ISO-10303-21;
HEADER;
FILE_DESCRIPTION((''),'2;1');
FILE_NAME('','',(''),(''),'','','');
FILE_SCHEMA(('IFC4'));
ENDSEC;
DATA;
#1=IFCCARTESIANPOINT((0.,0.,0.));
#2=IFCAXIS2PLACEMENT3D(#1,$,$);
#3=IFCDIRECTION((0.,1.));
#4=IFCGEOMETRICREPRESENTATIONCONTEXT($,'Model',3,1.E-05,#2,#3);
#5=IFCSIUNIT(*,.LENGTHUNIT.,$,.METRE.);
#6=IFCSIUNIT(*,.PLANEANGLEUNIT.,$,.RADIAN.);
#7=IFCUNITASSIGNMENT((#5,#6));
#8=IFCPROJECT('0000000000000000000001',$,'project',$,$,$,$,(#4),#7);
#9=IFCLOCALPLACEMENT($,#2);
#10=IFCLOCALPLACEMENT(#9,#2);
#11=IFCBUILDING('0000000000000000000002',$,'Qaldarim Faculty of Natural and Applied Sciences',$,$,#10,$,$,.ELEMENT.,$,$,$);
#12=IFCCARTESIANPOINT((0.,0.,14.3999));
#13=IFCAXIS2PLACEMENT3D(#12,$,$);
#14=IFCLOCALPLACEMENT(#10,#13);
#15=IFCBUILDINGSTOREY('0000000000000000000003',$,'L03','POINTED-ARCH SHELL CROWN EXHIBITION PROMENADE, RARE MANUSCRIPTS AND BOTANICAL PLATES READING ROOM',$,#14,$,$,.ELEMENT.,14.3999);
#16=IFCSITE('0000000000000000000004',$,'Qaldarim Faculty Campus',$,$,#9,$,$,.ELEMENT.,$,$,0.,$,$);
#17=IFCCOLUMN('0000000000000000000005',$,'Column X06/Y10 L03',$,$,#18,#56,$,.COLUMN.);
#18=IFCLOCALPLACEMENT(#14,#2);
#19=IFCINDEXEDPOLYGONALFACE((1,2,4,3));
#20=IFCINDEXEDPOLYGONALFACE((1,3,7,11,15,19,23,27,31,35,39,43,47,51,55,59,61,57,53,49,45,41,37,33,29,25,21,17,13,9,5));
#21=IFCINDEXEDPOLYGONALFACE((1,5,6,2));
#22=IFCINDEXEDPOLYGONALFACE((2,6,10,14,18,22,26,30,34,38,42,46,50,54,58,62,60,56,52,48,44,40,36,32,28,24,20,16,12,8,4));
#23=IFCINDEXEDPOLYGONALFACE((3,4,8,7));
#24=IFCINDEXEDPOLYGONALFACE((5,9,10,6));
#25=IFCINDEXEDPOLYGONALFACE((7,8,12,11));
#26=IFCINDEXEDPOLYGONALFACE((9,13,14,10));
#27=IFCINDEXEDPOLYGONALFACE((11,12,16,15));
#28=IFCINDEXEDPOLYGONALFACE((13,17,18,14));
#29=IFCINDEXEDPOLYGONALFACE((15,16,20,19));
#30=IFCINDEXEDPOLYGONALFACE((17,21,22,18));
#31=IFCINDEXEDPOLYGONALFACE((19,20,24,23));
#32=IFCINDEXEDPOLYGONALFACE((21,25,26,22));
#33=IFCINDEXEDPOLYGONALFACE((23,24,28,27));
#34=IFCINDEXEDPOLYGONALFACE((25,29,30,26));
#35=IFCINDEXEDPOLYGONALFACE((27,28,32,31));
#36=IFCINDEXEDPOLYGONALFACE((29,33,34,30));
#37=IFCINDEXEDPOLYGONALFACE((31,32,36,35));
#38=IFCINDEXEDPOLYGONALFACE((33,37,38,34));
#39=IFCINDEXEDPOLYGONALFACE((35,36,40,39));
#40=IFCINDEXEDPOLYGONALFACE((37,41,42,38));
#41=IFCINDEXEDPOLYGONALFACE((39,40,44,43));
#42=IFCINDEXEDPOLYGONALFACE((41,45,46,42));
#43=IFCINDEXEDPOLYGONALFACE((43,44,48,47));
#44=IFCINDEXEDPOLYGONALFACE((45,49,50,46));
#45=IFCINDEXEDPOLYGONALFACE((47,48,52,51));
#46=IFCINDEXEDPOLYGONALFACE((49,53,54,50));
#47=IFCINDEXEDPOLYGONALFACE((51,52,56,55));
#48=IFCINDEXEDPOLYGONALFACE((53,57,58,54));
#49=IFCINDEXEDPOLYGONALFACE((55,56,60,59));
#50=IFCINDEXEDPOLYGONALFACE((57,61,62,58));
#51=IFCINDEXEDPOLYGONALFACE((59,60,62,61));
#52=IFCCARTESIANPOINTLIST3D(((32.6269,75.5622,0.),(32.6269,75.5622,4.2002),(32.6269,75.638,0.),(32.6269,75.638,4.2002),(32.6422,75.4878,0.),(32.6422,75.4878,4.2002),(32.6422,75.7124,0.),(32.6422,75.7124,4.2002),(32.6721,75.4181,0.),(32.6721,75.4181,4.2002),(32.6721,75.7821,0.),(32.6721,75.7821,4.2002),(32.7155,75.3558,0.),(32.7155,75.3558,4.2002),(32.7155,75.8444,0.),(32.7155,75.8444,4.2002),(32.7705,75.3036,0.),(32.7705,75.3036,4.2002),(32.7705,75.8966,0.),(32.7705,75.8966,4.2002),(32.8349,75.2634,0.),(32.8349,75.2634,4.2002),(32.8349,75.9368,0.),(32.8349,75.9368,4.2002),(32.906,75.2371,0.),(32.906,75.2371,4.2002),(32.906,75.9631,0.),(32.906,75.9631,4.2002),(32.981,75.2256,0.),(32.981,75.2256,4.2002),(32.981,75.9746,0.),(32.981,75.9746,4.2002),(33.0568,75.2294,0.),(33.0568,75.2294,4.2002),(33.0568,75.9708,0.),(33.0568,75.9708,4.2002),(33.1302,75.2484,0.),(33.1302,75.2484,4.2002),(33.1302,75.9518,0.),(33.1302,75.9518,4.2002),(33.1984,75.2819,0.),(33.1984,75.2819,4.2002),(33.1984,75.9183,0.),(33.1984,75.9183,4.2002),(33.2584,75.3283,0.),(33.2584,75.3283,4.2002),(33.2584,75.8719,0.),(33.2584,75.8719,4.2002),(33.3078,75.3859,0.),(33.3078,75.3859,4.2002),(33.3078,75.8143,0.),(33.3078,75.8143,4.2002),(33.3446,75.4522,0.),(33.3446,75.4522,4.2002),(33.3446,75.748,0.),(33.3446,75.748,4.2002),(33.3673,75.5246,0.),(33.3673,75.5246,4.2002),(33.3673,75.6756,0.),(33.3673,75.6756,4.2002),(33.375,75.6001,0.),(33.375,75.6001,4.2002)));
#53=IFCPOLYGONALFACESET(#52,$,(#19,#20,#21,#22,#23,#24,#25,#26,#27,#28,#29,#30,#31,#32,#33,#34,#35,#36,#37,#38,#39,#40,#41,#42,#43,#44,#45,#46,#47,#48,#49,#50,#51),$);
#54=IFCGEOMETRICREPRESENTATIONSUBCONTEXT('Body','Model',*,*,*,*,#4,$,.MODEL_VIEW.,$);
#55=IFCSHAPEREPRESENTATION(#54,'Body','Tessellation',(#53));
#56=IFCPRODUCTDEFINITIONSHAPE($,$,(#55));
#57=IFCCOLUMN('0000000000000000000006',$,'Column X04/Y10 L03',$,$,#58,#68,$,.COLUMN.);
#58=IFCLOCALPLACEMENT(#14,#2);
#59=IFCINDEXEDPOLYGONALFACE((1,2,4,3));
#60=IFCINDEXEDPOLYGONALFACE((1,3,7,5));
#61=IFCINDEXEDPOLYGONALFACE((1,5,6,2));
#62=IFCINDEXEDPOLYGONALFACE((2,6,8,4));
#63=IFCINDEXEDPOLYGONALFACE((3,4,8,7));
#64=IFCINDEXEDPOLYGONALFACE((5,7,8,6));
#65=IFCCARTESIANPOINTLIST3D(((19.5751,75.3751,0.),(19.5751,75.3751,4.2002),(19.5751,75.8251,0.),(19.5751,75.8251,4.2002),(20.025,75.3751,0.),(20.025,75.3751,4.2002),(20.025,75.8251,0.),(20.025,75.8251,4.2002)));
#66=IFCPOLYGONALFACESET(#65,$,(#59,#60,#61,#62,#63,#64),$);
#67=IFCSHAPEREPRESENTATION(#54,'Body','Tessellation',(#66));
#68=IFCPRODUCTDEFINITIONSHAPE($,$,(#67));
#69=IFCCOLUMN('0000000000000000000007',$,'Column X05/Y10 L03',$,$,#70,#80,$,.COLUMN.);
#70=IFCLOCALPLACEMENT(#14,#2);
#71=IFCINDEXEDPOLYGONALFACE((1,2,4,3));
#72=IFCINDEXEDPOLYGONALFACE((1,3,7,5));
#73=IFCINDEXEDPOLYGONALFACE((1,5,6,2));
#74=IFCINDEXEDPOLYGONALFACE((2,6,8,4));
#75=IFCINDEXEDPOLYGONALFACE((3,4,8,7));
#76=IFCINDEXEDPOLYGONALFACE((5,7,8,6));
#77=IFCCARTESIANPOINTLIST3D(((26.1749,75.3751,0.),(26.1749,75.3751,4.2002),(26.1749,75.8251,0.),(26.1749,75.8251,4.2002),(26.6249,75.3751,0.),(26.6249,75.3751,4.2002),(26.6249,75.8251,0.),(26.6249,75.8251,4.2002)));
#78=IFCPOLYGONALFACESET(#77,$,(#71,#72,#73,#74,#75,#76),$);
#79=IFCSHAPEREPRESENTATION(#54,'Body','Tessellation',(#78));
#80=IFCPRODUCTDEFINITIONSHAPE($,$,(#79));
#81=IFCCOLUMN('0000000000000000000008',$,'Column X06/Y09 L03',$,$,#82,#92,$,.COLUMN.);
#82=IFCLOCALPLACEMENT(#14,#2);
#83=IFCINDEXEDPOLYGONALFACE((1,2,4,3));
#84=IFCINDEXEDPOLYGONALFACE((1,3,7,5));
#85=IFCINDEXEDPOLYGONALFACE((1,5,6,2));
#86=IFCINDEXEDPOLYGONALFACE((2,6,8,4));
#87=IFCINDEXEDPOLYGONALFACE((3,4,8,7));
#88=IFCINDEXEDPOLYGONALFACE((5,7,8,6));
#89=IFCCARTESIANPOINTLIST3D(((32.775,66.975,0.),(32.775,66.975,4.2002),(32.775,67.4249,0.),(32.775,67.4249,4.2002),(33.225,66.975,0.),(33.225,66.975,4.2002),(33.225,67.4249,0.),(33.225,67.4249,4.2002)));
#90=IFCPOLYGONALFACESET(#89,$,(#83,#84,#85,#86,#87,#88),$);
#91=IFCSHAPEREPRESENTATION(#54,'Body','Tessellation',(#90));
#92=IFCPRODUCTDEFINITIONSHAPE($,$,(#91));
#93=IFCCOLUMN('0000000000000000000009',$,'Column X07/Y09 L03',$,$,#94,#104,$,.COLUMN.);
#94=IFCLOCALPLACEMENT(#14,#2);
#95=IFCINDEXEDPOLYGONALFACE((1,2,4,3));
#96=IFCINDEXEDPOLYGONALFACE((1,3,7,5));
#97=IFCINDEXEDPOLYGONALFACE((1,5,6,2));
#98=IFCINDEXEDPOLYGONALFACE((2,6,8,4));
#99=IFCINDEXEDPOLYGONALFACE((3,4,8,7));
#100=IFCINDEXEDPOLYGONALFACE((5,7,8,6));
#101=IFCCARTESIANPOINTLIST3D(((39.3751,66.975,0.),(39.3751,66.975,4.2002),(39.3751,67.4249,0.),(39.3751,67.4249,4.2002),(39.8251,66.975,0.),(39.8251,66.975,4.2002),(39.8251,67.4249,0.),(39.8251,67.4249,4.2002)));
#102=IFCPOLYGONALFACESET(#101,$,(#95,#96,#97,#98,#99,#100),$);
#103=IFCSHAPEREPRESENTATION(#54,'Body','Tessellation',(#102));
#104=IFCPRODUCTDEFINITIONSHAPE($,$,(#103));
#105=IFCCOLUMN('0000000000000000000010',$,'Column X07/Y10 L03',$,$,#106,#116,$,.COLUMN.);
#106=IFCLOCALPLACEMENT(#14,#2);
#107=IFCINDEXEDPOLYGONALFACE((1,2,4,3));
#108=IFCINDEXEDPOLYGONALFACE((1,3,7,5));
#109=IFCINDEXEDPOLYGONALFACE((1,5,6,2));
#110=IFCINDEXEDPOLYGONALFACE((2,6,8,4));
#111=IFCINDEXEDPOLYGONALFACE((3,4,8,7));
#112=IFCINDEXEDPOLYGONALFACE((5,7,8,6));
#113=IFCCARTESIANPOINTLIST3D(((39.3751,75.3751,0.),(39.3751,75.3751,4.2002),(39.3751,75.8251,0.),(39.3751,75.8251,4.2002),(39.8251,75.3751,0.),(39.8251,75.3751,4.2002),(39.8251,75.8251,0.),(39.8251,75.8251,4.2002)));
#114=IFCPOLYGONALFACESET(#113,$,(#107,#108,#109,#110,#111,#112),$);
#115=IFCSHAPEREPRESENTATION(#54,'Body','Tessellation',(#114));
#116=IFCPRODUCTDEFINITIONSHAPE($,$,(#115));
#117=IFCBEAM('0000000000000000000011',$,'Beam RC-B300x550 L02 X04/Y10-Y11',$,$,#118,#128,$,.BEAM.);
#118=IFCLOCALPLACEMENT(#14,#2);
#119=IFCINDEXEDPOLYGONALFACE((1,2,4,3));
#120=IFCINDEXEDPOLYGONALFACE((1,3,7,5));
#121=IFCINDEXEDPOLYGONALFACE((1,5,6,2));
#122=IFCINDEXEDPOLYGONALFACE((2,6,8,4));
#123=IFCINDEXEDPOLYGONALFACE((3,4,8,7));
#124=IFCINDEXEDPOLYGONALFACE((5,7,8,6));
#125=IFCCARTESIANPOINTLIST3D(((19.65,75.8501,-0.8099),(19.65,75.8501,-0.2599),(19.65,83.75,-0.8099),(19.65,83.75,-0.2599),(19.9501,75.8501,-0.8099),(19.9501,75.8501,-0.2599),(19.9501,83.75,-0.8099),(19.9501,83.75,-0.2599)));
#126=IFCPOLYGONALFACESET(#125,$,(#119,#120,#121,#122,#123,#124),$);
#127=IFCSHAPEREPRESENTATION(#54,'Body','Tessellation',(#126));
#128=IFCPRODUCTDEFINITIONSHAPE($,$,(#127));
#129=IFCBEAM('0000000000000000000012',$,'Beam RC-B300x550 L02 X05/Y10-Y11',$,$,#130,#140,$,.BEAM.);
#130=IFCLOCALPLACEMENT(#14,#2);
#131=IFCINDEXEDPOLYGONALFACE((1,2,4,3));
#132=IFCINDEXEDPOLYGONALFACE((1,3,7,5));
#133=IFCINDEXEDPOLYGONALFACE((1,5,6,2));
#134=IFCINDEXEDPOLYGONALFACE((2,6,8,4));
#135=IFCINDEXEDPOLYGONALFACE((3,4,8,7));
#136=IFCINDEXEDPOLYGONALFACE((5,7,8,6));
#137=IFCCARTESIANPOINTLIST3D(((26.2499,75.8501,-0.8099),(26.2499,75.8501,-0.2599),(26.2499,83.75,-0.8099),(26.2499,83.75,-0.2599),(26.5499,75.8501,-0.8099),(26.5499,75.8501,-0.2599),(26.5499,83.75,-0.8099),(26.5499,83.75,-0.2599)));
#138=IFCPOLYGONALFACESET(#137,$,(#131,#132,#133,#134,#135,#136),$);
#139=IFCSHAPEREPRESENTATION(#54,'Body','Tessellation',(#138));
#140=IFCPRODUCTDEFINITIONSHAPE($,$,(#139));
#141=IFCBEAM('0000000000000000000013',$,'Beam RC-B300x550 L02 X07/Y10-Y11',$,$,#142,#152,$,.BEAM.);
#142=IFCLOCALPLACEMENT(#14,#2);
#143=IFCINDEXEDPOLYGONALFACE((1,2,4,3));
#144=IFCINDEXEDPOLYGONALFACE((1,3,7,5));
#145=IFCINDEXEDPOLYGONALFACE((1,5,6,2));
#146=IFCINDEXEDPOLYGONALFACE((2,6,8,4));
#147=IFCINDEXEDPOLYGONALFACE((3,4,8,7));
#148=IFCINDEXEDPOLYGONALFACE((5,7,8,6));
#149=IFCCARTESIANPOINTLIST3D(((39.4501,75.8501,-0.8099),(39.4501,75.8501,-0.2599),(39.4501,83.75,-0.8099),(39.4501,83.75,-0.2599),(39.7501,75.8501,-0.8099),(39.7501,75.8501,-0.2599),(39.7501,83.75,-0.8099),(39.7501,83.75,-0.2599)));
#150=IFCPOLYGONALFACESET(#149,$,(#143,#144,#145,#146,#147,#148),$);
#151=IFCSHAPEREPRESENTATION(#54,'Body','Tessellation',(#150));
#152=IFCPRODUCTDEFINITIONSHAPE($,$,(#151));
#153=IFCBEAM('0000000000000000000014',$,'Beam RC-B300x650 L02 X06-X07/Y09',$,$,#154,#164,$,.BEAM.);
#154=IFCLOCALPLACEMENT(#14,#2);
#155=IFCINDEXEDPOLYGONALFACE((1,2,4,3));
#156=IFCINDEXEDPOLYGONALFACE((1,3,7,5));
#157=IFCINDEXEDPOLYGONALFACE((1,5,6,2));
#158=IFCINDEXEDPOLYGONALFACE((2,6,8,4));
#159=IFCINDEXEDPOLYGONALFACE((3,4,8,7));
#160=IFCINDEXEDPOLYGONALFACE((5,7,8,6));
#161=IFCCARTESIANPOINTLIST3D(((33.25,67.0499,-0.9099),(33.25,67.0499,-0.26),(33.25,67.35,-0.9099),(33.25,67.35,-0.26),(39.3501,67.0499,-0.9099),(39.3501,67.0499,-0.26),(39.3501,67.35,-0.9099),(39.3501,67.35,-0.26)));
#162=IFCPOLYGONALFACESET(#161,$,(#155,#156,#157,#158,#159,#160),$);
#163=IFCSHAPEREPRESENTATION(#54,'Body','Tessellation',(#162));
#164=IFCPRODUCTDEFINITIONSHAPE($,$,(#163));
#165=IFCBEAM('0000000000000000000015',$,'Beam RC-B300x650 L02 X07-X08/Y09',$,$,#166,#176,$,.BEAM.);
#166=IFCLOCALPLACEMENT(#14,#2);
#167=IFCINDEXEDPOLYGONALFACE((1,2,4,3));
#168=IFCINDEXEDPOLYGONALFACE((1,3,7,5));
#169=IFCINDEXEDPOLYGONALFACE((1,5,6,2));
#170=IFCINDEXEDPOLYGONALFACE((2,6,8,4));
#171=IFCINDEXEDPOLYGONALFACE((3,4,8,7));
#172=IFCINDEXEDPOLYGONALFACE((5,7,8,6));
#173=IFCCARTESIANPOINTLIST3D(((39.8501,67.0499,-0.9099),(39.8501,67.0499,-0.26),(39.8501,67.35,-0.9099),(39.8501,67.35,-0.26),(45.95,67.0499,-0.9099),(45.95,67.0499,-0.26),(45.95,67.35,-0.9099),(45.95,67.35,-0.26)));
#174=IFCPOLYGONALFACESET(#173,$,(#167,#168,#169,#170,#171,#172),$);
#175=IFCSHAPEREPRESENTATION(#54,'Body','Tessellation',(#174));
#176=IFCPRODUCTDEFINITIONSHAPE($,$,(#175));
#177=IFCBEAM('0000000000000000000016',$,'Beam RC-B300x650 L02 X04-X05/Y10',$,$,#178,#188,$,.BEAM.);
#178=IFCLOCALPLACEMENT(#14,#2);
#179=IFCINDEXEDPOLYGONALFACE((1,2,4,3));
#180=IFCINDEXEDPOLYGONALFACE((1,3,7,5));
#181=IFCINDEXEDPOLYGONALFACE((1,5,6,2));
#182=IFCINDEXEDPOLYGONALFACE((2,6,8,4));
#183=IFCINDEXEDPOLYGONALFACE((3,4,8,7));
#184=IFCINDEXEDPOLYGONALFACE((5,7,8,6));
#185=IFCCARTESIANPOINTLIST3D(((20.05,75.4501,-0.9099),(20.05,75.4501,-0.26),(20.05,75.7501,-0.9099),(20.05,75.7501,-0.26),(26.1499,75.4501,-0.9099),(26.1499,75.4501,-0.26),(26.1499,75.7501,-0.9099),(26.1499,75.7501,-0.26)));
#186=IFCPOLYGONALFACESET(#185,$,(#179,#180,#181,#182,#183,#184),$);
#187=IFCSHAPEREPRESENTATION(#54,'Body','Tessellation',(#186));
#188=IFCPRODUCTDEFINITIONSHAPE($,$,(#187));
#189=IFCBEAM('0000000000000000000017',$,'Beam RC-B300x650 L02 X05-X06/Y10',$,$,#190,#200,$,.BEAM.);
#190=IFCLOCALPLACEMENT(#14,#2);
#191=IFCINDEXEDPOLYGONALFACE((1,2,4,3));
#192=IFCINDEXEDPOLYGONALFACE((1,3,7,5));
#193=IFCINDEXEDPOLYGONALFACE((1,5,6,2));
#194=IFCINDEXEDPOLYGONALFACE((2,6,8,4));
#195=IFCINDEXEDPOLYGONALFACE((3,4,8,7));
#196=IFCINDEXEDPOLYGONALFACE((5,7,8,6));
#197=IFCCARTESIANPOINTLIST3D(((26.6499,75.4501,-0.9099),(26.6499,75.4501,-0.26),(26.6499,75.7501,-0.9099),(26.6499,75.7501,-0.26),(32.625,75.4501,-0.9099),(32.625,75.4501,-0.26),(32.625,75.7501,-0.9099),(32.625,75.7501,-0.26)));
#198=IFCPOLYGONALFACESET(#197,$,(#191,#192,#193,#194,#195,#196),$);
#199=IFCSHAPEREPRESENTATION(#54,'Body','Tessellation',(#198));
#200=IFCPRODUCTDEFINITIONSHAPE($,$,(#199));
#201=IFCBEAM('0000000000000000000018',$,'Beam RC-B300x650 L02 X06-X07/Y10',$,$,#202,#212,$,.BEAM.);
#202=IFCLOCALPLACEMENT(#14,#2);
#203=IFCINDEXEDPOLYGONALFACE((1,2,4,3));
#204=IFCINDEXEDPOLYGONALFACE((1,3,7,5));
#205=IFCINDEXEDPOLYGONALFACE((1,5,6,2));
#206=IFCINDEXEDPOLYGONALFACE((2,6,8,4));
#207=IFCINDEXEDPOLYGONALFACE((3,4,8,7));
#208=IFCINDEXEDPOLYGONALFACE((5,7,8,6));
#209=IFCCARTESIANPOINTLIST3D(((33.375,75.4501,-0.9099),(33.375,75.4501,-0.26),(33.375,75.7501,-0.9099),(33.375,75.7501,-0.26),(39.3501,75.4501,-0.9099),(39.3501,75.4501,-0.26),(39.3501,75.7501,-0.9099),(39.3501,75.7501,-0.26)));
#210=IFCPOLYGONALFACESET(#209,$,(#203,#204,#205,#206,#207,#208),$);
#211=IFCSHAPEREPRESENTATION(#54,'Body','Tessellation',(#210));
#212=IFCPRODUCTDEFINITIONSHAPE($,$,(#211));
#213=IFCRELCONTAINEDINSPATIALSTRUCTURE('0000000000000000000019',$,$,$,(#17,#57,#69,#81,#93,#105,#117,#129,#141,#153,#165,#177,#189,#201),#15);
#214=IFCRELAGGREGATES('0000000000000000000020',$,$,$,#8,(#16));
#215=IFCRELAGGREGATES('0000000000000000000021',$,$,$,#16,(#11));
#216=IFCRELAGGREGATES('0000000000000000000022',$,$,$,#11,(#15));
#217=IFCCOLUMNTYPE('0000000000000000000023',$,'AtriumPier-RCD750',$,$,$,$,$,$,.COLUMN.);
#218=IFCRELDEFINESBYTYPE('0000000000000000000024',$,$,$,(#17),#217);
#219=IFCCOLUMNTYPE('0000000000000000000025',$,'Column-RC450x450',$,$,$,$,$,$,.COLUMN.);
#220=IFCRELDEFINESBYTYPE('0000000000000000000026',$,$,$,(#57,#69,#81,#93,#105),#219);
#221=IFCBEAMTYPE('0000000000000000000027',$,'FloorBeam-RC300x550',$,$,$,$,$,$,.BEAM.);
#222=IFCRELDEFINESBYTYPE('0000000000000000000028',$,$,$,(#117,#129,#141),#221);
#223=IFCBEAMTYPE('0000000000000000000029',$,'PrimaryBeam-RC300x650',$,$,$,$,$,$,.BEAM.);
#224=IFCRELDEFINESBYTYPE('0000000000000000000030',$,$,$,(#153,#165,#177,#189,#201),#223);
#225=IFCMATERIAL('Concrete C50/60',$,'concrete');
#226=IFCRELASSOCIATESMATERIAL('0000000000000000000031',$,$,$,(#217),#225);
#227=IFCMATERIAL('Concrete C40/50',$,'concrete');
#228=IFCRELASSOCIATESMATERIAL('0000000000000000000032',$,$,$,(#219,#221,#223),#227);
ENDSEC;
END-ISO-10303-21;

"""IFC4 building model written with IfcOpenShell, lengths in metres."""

from ifc_helpers import new_model, si_unit, direction, frame, origin, origin_2d, place, context, subcontext, project, spatial, rectangle, circle, extrude, material, material_profile, profile_set, type_object, element, save


model = new_model("IFC4")

# Units and contexts
model_context = context("Model", 3, precision=1e-05, world=origin(), true_north=direction((0.0, 1.0)))
body_context = subcontext(model_context, "Body", "Model", "MODEL_VIEW")
ifc_project = project(units=[si_unit("LENGTHUNIT", "METRE"), si_unit("PLANEANGLEUNIT", "RADIAN")], contexts=[model_context])

# Site, building, storey
site_placement = place(None, origin())
site = spatial("IfcSite", under=ifc_project, at=site_placement, Name="Qaldarim Faculty Campus", CompositionType="ELEMENT", RefElevation=0.0)
building_placement = place(site_placement, origin())
building = spatial("IfcBuilding", under=site, at=building_placement, Name="Qaldarim Faculty of Natural and Applied Sciences", CompositionType="ELEMENT")
storey_placement = place(building_placement, frame((0.0, 0.0, 14.3999)))
storey = spatial("IfcBuildingStorey", under=building, at=storey_placement, Name="L03", Description="POINTED-ARCH SHELL CROWN EXHIBITION PROMENADE, RARE MANUSCRIPTS AND BOTANICAL PLATES READING ROOM", CompositionType="ELEMENT", Elevation=14.3999)

# Columns
ifc_material_1 = material(Name="Concrete C50/60", Category="concrete")
ifc_material_profile_1 = material_profile(ifc_material_1, circle(Radius=0.375, at=origin_2d()), Name="RC-D750")
ifc_profile_set_1 = profile_set([ifc_material_profile_1], Name="Concrete C50/60")
column_type_1 = type_object("IfcColumnType", Name="AtriumPier-RCD750", PredefinedType="COLUMN", material=ifc_profile_set_1)
column_placement = place(storey_placement, frame((33.0, 75.6001, 0.0), z_axis=(0.0, 0.0, 1.0), x_axis=(1.0, 0.0, 0.0)))
element("IfcColumn", 1, at=column_placement, inside=storey, type_object=column_type_1, Name="Column X06/Y10 L03", PredefinedType="COLUMN", context=body_context, shape_type="SweptSolid", body=[
    extrude(circle(Radius=0.375, at=origin_2d()), origin(), (0.0, 0.0, 1.0), 4.2002),
])
ifc_material_2 = material(Name="Concrete C40/50", Category="concrete")
ifc_material_profile_2 = material_profile(ifc_material_2, rectangle(XDim=0.45, YDim=0.45, at=origin_2d()), Name="RC-C450x450")
ifc_profile_set_2 = profile_set([ifc_material_profile_2], Name="Concrete C40/50")
column_type_2 = type_object("IfcColumnType", Name="Column-RC450x450", PredefinedType="COLUMN", material=ifc_profile_set_2)
for number, where, z_axis, x_axis, name in (
    (2, (19.8, 75.6001, 0.0), (0.0, 0.0, 1.0), (1.0, 0.0, 0.0), "Column X04/Y10 L03"),
    (3, (26.3999, 75.6001, 0.0), (0.0, 0.0, 1.0), (1.0, 0.0, 0.0), "Column X05/Y10 L03"),
    (4, (33.0, 67.2, 0.0), (0.0, 0.0, 1.0), (1.0, 0.0, 0.0), "Column X06/Y09 L03"),
    (5, (39.6001, 67.2, 0.0), (0.0, 0.0, 1.0), (1.0, 0.0, 0.0), "Column X07/Y09 L03"),
    (6, (39.6001, 75.6001, 0.0), (0.0, 0.0, 1.0), (1.0, 0.0, 0.0), "Column X07/Y10 L03"),
):
    element("IfcColumn", number, at=place(storey_placement, frame(where, z_axis=z_axis, x_axis=x_axis)), inside=storey, type_object=column_type_2, Name=name, PredefinedType="COLUMN", context=body_context, shape_type="SweptSolid", body=[
        extrude(rectangle(XDim=0.45, YDim=0.45, at=origin_2d()), origin(), (0.0, 0.0, 1.0), 4.2002),
    ])

# Beams
ifc_material_profile_3 = material_profile(ifc_material_2, rectangle(XDim=0.3, YDim=0.55, at=origin_2d()), Name="RC-B300x550")
ifc_profile_set_3 = profile_set([ifc_material_profile_3], Name="Concrete C40/50")
beam_type_1 = type_object("IfcBeamType", Name="FloorBeam-RC300x550", PredefinedType="BEAM", material=ifc_profile_set_3)
for number, where, z_axis, x_axis, name in (
    (7, (19.8, 75.8501, -0.5349), (0.0, 1.0, 0.0), (-1.0, 0.0, 0.0), "Beam RC-B300x550 L02 X04/Y10-Y11"),
    (8, (26.3999, 75.8501, -0.5349), (0.0, 1.0, 0.0), (-1.0, 0.0, 0.0), "Beam RC-B300x550 L02 X05/Y10-Y11"),
    (9, (39.6001, 75.8501, -0.5349), (0.0, 1.0, 0.0), (-1.0, 0.0, 0.0), "Beam RC-B300x550 L02 X07/Y10-Y11"),
):
    element("IfcBeam", number, at=place(storey_placement, frame(where, z_axis=z_axis, x_axis=x_axis)), inside=storey, type_object=beam_type_1, Name=name, PredefinedType="BEAM", context=body_context, shape_type="SweptSolid", body=[
        extrude(rectangle(XDim=0.3, YDim=0.55, at=origin_2d()), origin(), (0.0, 0.0, 1.0), 7.8999),
    ])
ifc_material_profile_4 = material_profile(ifc_material_2, rectangle(XDim=0.3, YDim=0.6499, at=origin_2d()), Name="RC-B300x650")
ifc_profile_set_4 = profile_set([ifc_material_profile_4], Name="Concrete C40/50")
beam_type_2 = type_object("IfcBeamType", Name="PrimaryBeam-RC300x650", PredefinedType="BEAM", material=ifc_profile_set_4)
beam_1_placement = place(storey_placement, frame((33.25, 67.2, -0.585), z_axis=(1.0, 0.0, 0.0), x_axis=(0.0, 1.0, 0.0)))
element("IfcBeam", 10, at=beam_1_placement, inside=storey, type_object=beam_type_2, Name="Beam RC-B300x650 L02 X06-X07/Y09", PredefinedType="BEAM", context=body_context, shape_type="SweptSolid", body=[
    extrude(rectangle(XDim=0.3, YDim=0.6499, at=origin_2d()), origin(), (0.0, 0.0, 1.0), 6.1001),
])
for number, where, z_axis, x_axis, name in (
    (11, (39.8501, 67.2, -0.585), (1.0, 0.0, 0.0), (0.0, 1.0, 0.0), "Beam RC-B300x650 L02 X07-X08/Y09"),
    (12, (20.05, 75.6001, -0.585), (1.0, 0.0, 0.0), (0.0, 1.0, 0.0), "Beam RC-B300x650 L02 X04-X05/Y10"),
):
    element("IfcBeam", number, at=place(storey_placement, frame(where, z_axis=z_axis, x_axis=x_axis)), inside=storey, type_object=beam_type_2, Name=name, PredefinedType="BEAM", context=body_context, shape_type="SweptSolid", body=[
        extrude(rectangle(XDim=0.3, YDim=0.6499, at=origin_2d()), origin(), (0.0, 0.0, 1.0), 6.0999),
    ])
for number, where, z_axis, x_axis, name in (
    (13, (26.6499, 75.6001, -0.585), (1.0, 0.0, 0.0), (0.0, 1.0, 0.0), "Beam RC-B300x650 L02 X05-X06/Y10"),
    (14, (33.375, 75.6001, -0.585), (1.0, 0.0, 0.0), (0.0, 1.0, 0.0), "Beam RC-B300x650 L02 X06-X07/Y10"),
):
    element("IfcBeam", number, at=place(storey_placement, frame(where, z_axis=z_axis, x_axis=x_axis)), inside=storey, type_object=beam_type_2, Name=name, PredefinedType="BEAM", context=body_context, shape_type="SweptSolid", body=[
        extrude(rectangle(XDim=0.3, YDim=0.6499, at=origin_2d()), origin(), (0.0, 0.0, 1.0), 5.9751),
    ])

save(model, "model.ifc")
